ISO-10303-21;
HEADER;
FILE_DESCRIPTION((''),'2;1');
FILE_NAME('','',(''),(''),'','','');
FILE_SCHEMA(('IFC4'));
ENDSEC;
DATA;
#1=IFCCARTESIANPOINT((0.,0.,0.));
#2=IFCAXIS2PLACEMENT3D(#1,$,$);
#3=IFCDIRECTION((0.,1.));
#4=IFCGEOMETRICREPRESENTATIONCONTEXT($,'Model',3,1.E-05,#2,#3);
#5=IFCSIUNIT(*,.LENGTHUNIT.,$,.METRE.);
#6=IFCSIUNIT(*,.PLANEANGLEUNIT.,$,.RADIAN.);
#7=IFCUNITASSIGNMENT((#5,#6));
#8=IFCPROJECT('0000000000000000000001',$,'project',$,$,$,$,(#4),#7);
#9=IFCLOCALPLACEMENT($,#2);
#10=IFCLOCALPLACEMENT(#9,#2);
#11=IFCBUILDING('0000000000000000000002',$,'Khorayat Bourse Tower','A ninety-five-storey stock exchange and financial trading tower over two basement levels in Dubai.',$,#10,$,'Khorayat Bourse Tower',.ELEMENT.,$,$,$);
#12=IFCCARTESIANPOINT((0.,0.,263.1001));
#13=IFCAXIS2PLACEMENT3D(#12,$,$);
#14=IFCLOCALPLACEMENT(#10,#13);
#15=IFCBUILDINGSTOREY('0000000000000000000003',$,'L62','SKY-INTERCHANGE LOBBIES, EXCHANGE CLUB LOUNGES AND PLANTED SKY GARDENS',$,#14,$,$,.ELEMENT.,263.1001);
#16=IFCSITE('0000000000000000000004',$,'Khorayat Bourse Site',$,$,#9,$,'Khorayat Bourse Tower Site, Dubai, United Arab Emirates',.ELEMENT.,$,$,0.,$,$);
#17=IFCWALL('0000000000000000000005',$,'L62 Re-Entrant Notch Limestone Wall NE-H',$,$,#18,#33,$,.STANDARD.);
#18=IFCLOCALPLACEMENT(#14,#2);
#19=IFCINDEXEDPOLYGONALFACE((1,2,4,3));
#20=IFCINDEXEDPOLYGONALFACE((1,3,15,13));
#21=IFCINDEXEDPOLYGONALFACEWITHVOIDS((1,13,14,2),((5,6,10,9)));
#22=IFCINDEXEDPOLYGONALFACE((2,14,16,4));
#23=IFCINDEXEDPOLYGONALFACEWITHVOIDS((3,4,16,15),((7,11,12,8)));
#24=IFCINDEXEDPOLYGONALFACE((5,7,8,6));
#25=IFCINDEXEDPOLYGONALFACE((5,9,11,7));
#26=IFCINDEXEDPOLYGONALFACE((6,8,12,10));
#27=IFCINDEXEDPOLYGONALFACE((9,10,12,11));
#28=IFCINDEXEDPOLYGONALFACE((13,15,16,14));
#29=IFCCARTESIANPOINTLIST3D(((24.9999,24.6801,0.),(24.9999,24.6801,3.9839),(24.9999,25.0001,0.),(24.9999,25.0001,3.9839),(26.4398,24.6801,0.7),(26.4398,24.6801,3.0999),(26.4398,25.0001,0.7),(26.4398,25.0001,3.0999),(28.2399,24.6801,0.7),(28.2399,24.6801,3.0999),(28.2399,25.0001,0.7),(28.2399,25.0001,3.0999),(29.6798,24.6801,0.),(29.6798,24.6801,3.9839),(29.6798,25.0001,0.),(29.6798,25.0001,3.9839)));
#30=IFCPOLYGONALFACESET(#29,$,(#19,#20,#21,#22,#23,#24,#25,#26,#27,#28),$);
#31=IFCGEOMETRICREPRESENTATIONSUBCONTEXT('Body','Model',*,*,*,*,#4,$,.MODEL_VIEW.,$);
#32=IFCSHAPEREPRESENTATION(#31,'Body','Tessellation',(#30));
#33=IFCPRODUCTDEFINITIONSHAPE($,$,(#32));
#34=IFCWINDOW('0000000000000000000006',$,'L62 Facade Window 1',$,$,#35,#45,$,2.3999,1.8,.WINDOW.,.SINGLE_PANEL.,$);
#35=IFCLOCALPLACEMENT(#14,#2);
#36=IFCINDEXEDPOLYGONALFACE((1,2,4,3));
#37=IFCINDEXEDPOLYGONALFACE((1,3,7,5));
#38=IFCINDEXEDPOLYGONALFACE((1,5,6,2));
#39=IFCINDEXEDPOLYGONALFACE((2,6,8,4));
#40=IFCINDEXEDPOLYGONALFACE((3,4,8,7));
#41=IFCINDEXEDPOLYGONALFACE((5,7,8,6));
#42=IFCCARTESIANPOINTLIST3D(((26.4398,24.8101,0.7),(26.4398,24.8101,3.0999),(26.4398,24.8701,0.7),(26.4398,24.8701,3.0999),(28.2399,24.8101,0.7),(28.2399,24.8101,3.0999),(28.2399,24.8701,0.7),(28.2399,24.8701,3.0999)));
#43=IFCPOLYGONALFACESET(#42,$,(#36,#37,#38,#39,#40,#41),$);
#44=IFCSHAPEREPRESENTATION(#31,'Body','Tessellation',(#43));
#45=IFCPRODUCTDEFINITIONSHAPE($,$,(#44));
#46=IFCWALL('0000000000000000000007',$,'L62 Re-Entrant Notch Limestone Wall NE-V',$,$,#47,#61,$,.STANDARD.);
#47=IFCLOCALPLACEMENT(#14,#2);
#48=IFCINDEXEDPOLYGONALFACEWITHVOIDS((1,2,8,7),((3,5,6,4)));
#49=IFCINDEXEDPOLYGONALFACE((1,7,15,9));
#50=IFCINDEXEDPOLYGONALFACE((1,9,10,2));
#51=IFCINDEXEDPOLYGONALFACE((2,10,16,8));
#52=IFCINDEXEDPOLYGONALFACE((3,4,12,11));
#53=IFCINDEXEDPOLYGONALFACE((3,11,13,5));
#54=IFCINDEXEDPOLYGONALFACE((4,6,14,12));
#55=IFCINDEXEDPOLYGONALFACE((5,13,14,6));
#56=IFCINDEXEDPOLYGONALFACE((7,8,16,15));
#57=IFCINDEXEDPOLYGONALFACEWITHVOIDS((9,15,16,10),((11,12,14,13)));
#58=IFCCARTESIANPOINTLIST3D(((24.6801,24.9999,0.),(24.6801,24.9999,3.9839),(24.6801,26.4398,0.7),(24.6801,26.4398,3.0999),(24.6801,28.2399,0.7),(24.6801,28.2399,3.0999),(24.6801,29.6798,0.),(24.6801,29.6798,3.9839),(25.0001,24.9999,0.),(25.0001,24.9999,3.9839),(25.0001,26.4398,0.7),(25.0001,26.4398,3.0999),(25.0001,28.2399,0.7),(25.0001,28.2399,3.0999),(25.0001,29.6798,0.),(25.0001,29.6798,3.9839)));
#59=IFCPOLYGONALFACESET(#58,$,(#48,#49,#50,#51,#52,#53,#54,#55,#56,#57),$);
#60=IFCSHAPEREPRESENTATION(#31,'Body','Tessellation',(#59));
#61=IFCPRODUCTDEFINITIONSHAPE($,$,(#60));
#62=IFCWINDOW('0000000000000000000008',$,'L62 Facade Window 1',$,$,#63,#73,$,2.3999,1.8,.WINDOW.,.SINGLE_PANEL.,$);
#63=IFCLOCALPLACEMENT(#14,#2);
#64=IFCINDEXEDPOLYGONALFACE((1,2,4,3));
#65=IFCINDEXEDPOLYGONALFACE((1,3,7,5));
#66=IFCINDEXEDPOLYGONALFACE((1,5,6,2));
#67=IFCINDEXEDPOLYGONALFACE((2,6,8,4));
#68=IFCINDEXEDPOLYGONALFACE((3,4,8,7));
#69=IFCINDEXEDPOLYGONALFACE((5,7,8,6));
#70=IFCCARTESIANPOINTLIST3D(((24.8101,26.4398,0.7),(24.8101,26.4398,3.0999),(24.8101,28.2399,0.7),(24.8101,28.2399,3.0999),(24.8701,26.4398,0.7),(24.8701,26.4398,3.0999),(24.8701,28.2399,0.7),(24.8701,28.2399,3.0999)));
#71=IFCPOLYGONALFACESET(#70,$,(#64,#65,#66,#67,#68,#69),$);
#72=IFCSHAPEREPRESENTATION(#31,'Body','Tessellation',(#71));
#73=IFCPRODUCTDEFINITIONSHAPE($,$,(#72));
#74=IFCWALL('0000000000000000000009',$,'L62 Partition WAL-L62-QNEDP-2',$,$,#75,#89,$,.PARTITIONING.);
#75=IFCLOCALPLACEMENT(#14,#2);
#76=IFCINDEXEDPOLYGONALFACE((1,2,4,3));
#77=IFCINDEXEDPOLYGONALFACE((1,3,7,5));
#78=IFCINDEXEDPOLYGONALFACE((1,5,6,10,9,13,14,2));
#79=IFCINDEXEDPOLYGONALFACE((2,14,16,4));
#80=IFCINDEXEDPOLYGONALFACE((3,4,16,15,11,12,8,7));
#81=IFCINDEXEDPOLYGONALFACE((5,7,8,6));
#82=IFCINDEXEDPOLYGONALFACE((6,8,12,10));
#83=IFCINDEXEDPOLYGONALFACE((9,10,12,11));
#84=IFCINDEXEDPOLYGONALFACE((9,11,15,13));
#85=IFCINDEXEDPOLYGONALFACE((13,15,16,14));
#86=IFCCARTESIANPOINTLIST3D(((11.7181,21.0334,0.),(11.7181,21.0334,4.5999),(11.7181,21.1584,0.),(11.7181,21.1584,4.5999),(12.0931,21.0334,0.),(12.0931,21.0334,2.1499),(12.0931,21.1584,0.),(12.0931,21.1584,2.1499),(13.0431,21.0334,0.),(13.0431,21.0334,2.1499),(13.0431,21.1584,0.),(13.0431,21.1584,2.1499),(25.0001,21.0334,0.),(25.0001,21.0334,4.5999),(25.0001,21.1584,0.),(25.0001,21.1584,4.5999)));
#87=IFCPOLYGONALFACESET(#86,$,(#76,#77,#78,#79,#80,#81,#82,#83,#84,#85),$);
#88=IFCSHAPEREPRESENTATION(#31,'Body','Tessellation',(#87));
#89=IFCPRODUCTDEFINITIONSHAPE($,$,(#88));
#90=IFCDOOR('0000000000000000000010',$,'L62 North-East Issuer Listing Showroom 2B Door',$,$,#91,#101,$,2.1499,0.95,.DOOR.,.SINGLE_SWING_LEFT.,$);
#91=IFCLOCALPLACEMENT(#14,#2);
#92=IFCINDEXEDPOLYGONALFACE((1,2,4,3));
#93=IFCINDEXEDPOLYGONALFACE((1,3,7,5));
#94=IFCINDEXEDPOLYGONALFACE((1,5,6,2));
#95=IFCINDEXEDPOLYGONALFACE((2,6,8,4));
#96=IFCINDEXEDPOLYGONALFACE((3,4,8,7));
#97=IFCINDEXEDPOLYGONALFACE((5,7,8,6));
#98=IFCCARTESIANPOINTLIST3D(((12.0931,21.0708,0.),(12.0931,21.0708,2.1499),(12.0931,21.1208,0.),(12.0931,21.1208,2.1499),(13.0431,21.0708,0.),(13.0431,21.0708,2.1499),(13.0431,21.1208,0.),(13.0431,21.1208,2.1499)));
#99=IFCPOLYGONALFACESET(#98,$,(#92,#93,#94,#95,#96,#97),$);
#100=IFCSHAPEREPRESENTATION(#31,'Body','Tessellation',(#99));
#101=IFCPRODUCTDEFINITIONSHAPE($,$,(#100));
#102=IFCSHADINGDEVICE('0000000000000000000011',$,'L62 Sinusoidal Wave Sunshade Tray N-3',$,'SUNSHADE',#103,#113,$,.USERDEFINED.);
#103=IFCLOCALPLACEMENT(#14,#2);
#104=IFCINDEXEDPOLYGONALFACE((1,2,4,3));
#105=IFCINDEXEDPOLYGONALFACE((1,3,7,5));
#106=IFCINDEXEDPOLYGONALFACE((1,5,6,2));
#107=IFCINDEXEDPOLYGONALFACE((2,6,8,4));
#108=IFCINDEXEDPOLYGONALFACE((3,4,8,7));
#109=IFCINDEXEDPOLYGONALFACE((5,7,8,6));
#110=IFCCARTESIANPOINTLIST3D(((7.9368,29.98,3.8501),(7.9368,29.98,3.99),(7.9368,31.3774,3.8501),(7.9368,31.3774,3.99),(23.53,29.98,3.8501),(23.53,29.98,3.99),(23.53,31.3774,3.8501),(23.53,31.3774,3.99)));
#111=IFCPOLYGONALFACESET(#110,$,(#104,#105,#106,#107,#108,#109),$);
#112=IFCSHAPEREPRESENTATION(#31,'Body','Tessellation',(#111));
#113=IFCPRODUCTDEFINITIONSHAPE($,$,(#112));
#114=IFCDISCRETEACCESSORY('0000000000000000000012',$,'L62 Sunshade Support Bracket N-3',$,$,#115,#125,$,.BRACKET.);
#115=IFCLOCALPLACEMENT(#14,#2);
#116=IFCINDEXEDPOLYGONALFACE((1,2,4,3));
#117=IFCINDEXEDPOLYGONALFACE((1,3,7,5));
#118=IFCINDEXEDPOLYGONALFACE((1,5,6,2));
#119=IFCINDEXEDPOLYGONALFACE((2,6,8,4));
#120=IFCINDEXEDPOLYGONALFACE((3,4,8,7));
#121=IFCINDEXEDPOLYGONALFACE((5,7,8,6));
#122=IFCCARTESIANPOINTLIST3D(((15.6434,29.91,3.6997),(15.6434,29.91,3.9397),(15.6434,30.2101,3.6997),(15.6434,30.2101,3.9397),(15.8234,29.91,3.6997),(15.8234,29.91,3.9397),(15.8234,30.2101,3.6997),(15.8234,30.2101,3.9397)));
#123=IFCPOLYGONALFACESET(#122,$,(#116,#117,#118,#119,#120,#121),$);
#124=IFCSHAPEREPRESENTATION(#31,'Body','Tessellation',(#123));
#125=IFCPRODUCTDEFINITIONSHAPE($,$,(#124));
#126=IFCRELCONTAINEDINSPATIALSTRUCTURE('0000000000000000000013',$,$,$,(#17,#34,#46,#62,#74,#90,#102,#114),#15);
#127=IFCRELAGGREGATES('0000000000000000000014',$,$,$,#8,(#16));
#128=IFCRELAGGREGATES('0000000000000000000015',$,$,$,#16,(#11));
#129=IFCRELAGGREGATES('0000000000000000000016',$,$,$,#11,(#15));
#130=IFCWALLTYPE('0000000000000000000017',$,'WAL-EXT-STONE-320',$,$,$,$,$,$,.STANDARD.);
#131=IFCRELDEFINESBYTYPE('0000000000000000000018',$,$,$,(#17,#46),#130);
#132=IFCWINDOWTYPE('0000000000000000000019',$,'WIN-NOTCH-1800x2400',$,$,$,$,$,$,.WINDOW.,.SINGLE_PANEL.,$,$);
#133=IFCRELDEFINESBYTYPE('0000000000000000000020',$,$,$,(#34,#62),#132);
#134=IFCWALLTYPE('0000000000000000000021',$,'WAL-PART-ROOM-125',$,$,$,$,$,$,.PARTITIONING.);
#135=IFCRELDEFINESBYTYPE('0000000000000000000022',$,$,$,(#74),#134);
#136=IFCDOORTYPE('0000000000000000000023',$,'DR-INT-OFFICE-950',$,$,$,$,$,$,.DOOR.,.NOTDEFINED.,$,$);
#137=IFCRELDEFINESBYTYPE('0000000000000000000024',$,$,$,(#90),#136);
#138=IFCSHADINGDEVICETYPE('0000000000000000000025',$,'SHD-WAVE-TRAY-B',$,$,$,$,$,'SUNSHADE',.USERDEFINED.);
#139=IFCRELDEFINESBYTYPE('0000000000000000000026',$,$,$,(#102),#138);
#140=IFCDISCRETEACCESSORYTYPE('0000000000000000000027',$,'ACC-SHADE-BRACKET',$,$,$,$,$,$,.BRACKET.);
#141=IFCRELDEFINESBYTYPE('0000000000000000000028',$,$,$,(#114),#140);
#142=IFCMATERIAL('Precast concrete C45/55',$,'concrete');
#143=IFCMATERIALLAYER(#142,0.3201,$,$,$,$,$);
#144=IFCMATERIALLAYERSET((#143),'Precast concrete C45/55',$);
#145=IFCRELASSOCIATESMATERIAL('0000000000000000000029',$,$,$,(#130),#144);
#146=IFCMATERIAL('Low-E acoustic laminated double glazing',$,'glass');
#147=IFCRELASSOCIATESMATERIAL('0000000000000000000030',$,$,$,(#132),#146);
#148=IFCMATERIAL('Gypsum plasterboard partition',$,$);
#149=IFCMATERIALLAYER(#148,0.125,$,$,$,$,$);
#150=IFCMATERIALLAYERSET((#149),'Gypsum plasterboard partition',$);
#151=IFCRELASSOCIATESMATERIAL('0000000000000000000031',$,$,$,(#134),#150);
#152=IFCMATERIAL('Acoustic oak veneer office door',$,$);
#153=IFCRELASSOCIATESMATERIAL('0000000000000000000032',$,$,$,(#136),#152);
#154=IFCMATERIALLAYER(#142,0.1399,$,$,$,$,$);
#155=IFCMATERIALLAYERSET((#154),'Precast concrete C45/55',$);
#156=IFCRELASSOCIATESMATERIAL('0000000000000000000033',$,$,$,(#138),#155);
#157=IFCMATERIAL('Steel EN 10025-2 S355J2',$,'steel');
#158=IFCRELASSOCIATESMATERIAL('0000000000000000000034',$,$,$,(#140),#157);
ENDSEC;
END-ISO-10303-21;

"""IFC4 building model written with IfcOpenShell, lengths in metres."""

from ifc_helpers import new_model, si_unit, direction, frame, frame_2d, origin, origin_2d, place, context, subcontext, project, spatial, rectangle, extrude, source, transform, mapped, material, layer, layer_set, type_object, element, fill, save


model = new_model("IFC4")

# Units and contexts
model_context = context("Model", 3, precision=1e-05, world=origin(), true_north=direction((0.0, 1.0)))
body_context = subcontext(model_context, "Body", "Model", "MODEL_VIEW")
ifc_project = project(units=[si_unit("LENGTHUNIT", "METRE"), si_unit("PLANEANGLEUNIT", "RADIAN")], contexts=[model_context])

# Site, building, storey
site_placement = place(None, origin())
site = spatial("IfcSite", under=ifc_project, at=site_placement, Name="Khorayat Bourse Site", LongName="Khorayat Bourse Tower Site, Dubai, United Arab Emirates", CompositionType="ELEMENT", RefElevation=0.0)
building_placement = place(site_placement, origin())
building = spatial("IfcBuilding", under=site, at=building_placement, Name="Khorayat Bourse Tower", Description="A ninety-five-storey stock exchange and financial trading tower over two basement levels in Dubai.", LongName="Khorayat Bourse Tower", CompositionType="ELEMENT")
storey_placement = place(building_placement, frame((0.0, 0.0, 263.1001)))
storey = spatial("IfcBuildingStorey", under=building, at=storey_placement, Name="L62", Description="SKY-INTERCHANGE LOBBIES, EXCHANGE CLUB LOUNGES AND PLANTED SKY GARDENS", CompositionType="ELEMENT", Elevation=263.1001)

# Shared definitions
ifc_material_1 = material(Name="Steel EN 10025-2 S355J2", Category="steel")

# Walls, openings, windows
ifc_material_2 = material(Name="Precast concrete C45/55", Category="concrete")
ifc_layer_1 = layer(ifc_material_2, 0.3201)
ifc_layer_set_1 = layer_set([ifc_layer_1], Name="Precast concrete C45/55")
wall_type_1 = type_object("IfcWallType", Name="WAL-EXT-STONE-320", PredefinedType="STANDARD", material=ifc_layer_set_1)
shared_shape_1 = source(origin(), body_context, "Body", "SweptSolid", [
    extrude(rectangle(XDim=4.6799, YDim=0.3201, at=frame_2d((2.3398, 0.0))), origin(), (0.0, 0.0, 1.0), 3.9839),
])
wall_1_placement = place(storey_placement, frame((25.0, 24.8401, 0.0), z_axis=(0.0, 0.0, 1.0), x_axis=(1.0, 0.0, 0.0)))
wall_1 = element("IfcWall", 1, at=wall_1_placement, inside=storey, type_object=wall_type_1, Name="L62 Re-Entrant Notch Limestone Wall NE-H", PredefinedType="STANDARD", context=body_context, shape_type="MappedRepresentation", body=[
    mapped(shared_shape_1, transform((0.0, 0.0, 0.0), scale=1.0)),
])
shared_shape_2 = source(origin(), body_context, "Body", "SweptSolid", [
    extrude(rectangle(XDim=1.8, YDim=2.3999, at=frame_2d((0.8999, 1.2))), frame((0.0, 0.1699, 0.0), z_axis=(0.0, -1.0, 0.0), x_axis=(1.0, 0.0, 0.0)), (0.0, 0.0, 1.0), 0.3401),
])
opening_1_placement = place(wall_1_placement, frame((1.4399, 0.0, 0.7)))
opening_1 = element("IfcOpeningElement", 2, at=opening_1_placement, cuts=wall_1, PredefinedType="OPENING", context=body_context, shape_type="MappedRepresentation", body=[
    mapped(shared_shape_2, transform((0.0, 0.0, 0.0), scale=1.0)),
])
ifc_material_3 = material(Name="Low-E acoustic laminated double glazing", Category="glass")
window_type = type_object("IfcWindowType", Name="WIN-NOTCH-1800x2400", PartitioningType="SINGLE_PANEL", PredefinedType="WINDOW", material=ifc_material_3)
shared_shape_3 = source(origin(), body_context, "Body", "SweptSolid", [
    extrude(rectangle(XDim=1.8, YDim=2.3999, at=frame_2d((0.8999, 1.2))), frame((0.0, 0.03, 0.0), z_axis=(0.0, -1.0, 0.0), x_axis=(1.0, 0.0, 0.0)), (0.0, 0.0, 1.0), 0.0601),
])
window_1_placement = place(opening_1_placement, origin())
window_1 = element("IfcWindow", 3, at=window_1_placement, inside=storey, type_object=window_type, Name="L62 Facade Window 1", OverallHeight=2.3999, OverallWidth=1.8, PartitioningType="SINGLE_PANEL", PredefinedType="WINDOW", context=body_context, shape_type="MappedRepresentation", body=[
    mapped(shared_shape_3, transform((0.0, 0.0, 0.0), scale=1.0)),
])
fill(opening_1, window_1)
wall_2_placement = place(storey_placement, frame((24.8401, 25.0, 0.0), z_axis=(0.0, 0.0, 1.0), x_axis=(0.0, 1.0, 0.0)))
wall_2 = element("IfcWall", 4, at=wall_2_placement, inside=storey, type_object=wall_type_1, Name="L62 Re-Entrant Notch Limestone Wall NE-V", PredefinedType="STANDARD", context=body_context, shape_type="MappedRepresentation", body=[
    mapped(shared_shape_1, transform((0.0, 0.0, 0.0), scale=1.0)),
])
opening_2_placement = place(wall_2_placement, frame((1.4399, 0.0, 0.7)))
opening_2 = element("IfcOpeningElement", 5, at=opening_2_placement, cuts=wall_2, PredefinedType="OPENING", context=body_context, shape_type="MappedRepresentation", body=[
    mapped(shared_shape_2, transform((0.0, 0.0, 0.0), scale=1.0)),
])
window_2_placement = place(opening_2_placement, origin())
window_2 = element("IfcWindow", 6, at=window_2_placement, inside=storey, type_object=window_type, Name="L62 Facade Window 1", OverallHeight=2.3999, OverallWidth=1.8, PartitioningType="SINGLE_PANEL", PredefinedType="WINDOW", context=body_context, shape_type="MappedRepresentation", body=[
    mapped(shared_shape_3, transform((0.0, 0.0, 0.0), scale=1.0)),
])
fill(opening_2, window_2)

# Wall, opening, door
ifc_material_4 = material(Name="Gypsum plasterboard partition")
ifc_layer_2 = layer(ifc_material_4, 0.125)
ifc_layer_set_2 = layer_set([ifc_layer_2], Name="Gypsum plasterboard partition")
wall_type_2 = type_object("IfcWallType", Name="WAL-PART-ROOM-125", PredefinedType="PARTITIONING", material=ifc_layer_set_2)
shared_shape_4 = source(origin(), body_context, "Body", "SweptSolid", [
    extrude(rectangle(XDim=13.282, YDim=0.125, at=frame_2d((6.6411, 0.0))), origin(), (0.0, 0.0, 1.0), 4.5999),
])
wall_3_placement = place(storey_placement, frame((11.718, 21.0959, 0.0), z_axis=(0.0, 0.0, 1.0), x_axis=(1.0, 0.0, 0.0)))
wall_3 = element("IfcWall", 7, at=wall_3_placement, inside=storey, type_object=wall_type_2, Name="L62 Partition WAL-L62-QNEDP-2", PredefinedType="PARTITIONING", context=body_context, shape_type="MappedRepresentation", body=[
    mapped(shared_shape_4, transform((0.0, 0.0, 0.0), scale=1.0)),
])
shared_shape_5 = source(origin(), body_context, "Body", "SweptSolid", [
    extrude(rectangle(XDim=0.95, YDim=2.1499, at=frame_2d((0.4751, 1.075))), frame((0.0, 0.0725, 0.0), z_axis=(0.0, -1.0, 0.0), x_axis=(1.0, 0.0, 0.0)), (0.0, 0.0, 1.0), 0.145),
])
opening_3_placement = place(wall_3_placement, frame((0.375, 0.0, 0.0)))
opening_3 = element("IfcOpeningElement", 8, at=opening_3_placement, cuts=wall_3, PredefinedType="OPENING", context=body_context, shape_type="MappedRepresentation", body=[
    mapped(shared_shape_5, transform((0.0, 0.0, 0.0), scale=1.0)),
])
ifc_material_5 = material(Name="Acoustic oak veneer office door")
door_type = type_object("IfcDoorType", Name="DR-INT-OFFICE-950", OperationType="NOTDEFINED", PredefinedType="DOOR", material=ifc_material_5)
shared_shape_6 = source(origin(), body_context, "Body", "SweptSolid", [
    extrude(rectangle(XDim=0.95, YDim=2.1499, at=frame_2d((0.4751, 1.075))), frame((0.0, 0.0249, 0.0), z_axis=(0.0, -1.0, 0.0), x_axis=(1.0, 0.0, 0.0)), (0.0, 0.0, 1.0), 0.05),
])
door_placement = place(opening_3_placement, origin())
door = element("IfcDoor", 9, at=door_placement, inside=storey, type_object=door_type, Name="L62 North-East Issuer Listing Showroom 2B Door", OperationType="SINGLE_SWING_LEFT", OverallHeight=2.1499, OverallWidth=0.95, PredefinedType="DOOR", context=body_context, shape_type="MappedRepresentation", body=[
    mapped(shared_shape_6, transform((0.0, 0.0, 0.0), scale=1.0)),
])
fill(opening_3, door)

# Shading device
ifc_layer_3 = layer(ifc_material_2, 0.1399)
ifc_layer_set_3 = layer_set([ifc_layer_3], Name="Precast concrete C45/55")
shading_device_type = type_object("IfcShadingDeviceType", Name="SHD-WAVE-TRAY-B", ElementType="SUNSHADE", PredefinedType="USERDEFINED", material=ifc_layer_set_3)
shared_shape_7 = source(origin(), body_context, "Body", "SweptSolid", [
    extrude(rectangle(XDim=15.5933, YDim=1.3975, at=origin_2d()), origin(), (0.0, 0.0, 1.0), 0.1399),
])
shading_device_placement = place(storey_placement, frame((15.7334, 30.6787, 3.8501), z_axis=(0.0, 0.0, 1.0), x_axis=(1.0, 0.0, 0.0)))
element("IfcShadingDevice", 10, at=shading_device_placement, inside=storey, type_object=shading_device_type, Name="L62 Sinusoidal Wave Sunshade Tray N-3", ObjectType="SUNSHADE", PredefinedType="USERDEFINED", context=body_context, shape_type="MappedRepresentation", body=[
    mapped(shared_shape_7, transform((0.0, 0.0, 0.0), scale=1.0)),
])

# Discrete accessory
discrete_accessory_type = type_object("IfcDiscreteAccessoryType", Name="ACC-SHADE-BRACKET", PredefinedType="BRACKET", material=ifc_material_1)
shared_shape_8 = source(origin(), body_context, "Body", "SweptSolid", [
    extrude(rectangle(XDim=0.1799, YDim=0.3, at=origin_2d()), origin(), (0.0, 0.0, 1.0), 0.24),
])
discrete_accessory_placement = place(storey_placement, frame((15.7334, 30.0601, 3.6997), z_axis=(0.0, 0.0, 1.0), x_axis=(1.0, 0.0, 0.0)))
element("IfcDiscreteAccessory", 11, at=discrete_accessory_placement, inside=storey, type_object=discrete_accessory_type, Name="L62 Sunshade Support Bracket N-3", PredefinedType="BRACKET", context=body_context, shape_type="MappedRepresentation", body=[
    mapped(shared_shape_8, transform((0.0, 0.0, 0.0), scale=1.0)),
])

save(model, "model.ifc")
